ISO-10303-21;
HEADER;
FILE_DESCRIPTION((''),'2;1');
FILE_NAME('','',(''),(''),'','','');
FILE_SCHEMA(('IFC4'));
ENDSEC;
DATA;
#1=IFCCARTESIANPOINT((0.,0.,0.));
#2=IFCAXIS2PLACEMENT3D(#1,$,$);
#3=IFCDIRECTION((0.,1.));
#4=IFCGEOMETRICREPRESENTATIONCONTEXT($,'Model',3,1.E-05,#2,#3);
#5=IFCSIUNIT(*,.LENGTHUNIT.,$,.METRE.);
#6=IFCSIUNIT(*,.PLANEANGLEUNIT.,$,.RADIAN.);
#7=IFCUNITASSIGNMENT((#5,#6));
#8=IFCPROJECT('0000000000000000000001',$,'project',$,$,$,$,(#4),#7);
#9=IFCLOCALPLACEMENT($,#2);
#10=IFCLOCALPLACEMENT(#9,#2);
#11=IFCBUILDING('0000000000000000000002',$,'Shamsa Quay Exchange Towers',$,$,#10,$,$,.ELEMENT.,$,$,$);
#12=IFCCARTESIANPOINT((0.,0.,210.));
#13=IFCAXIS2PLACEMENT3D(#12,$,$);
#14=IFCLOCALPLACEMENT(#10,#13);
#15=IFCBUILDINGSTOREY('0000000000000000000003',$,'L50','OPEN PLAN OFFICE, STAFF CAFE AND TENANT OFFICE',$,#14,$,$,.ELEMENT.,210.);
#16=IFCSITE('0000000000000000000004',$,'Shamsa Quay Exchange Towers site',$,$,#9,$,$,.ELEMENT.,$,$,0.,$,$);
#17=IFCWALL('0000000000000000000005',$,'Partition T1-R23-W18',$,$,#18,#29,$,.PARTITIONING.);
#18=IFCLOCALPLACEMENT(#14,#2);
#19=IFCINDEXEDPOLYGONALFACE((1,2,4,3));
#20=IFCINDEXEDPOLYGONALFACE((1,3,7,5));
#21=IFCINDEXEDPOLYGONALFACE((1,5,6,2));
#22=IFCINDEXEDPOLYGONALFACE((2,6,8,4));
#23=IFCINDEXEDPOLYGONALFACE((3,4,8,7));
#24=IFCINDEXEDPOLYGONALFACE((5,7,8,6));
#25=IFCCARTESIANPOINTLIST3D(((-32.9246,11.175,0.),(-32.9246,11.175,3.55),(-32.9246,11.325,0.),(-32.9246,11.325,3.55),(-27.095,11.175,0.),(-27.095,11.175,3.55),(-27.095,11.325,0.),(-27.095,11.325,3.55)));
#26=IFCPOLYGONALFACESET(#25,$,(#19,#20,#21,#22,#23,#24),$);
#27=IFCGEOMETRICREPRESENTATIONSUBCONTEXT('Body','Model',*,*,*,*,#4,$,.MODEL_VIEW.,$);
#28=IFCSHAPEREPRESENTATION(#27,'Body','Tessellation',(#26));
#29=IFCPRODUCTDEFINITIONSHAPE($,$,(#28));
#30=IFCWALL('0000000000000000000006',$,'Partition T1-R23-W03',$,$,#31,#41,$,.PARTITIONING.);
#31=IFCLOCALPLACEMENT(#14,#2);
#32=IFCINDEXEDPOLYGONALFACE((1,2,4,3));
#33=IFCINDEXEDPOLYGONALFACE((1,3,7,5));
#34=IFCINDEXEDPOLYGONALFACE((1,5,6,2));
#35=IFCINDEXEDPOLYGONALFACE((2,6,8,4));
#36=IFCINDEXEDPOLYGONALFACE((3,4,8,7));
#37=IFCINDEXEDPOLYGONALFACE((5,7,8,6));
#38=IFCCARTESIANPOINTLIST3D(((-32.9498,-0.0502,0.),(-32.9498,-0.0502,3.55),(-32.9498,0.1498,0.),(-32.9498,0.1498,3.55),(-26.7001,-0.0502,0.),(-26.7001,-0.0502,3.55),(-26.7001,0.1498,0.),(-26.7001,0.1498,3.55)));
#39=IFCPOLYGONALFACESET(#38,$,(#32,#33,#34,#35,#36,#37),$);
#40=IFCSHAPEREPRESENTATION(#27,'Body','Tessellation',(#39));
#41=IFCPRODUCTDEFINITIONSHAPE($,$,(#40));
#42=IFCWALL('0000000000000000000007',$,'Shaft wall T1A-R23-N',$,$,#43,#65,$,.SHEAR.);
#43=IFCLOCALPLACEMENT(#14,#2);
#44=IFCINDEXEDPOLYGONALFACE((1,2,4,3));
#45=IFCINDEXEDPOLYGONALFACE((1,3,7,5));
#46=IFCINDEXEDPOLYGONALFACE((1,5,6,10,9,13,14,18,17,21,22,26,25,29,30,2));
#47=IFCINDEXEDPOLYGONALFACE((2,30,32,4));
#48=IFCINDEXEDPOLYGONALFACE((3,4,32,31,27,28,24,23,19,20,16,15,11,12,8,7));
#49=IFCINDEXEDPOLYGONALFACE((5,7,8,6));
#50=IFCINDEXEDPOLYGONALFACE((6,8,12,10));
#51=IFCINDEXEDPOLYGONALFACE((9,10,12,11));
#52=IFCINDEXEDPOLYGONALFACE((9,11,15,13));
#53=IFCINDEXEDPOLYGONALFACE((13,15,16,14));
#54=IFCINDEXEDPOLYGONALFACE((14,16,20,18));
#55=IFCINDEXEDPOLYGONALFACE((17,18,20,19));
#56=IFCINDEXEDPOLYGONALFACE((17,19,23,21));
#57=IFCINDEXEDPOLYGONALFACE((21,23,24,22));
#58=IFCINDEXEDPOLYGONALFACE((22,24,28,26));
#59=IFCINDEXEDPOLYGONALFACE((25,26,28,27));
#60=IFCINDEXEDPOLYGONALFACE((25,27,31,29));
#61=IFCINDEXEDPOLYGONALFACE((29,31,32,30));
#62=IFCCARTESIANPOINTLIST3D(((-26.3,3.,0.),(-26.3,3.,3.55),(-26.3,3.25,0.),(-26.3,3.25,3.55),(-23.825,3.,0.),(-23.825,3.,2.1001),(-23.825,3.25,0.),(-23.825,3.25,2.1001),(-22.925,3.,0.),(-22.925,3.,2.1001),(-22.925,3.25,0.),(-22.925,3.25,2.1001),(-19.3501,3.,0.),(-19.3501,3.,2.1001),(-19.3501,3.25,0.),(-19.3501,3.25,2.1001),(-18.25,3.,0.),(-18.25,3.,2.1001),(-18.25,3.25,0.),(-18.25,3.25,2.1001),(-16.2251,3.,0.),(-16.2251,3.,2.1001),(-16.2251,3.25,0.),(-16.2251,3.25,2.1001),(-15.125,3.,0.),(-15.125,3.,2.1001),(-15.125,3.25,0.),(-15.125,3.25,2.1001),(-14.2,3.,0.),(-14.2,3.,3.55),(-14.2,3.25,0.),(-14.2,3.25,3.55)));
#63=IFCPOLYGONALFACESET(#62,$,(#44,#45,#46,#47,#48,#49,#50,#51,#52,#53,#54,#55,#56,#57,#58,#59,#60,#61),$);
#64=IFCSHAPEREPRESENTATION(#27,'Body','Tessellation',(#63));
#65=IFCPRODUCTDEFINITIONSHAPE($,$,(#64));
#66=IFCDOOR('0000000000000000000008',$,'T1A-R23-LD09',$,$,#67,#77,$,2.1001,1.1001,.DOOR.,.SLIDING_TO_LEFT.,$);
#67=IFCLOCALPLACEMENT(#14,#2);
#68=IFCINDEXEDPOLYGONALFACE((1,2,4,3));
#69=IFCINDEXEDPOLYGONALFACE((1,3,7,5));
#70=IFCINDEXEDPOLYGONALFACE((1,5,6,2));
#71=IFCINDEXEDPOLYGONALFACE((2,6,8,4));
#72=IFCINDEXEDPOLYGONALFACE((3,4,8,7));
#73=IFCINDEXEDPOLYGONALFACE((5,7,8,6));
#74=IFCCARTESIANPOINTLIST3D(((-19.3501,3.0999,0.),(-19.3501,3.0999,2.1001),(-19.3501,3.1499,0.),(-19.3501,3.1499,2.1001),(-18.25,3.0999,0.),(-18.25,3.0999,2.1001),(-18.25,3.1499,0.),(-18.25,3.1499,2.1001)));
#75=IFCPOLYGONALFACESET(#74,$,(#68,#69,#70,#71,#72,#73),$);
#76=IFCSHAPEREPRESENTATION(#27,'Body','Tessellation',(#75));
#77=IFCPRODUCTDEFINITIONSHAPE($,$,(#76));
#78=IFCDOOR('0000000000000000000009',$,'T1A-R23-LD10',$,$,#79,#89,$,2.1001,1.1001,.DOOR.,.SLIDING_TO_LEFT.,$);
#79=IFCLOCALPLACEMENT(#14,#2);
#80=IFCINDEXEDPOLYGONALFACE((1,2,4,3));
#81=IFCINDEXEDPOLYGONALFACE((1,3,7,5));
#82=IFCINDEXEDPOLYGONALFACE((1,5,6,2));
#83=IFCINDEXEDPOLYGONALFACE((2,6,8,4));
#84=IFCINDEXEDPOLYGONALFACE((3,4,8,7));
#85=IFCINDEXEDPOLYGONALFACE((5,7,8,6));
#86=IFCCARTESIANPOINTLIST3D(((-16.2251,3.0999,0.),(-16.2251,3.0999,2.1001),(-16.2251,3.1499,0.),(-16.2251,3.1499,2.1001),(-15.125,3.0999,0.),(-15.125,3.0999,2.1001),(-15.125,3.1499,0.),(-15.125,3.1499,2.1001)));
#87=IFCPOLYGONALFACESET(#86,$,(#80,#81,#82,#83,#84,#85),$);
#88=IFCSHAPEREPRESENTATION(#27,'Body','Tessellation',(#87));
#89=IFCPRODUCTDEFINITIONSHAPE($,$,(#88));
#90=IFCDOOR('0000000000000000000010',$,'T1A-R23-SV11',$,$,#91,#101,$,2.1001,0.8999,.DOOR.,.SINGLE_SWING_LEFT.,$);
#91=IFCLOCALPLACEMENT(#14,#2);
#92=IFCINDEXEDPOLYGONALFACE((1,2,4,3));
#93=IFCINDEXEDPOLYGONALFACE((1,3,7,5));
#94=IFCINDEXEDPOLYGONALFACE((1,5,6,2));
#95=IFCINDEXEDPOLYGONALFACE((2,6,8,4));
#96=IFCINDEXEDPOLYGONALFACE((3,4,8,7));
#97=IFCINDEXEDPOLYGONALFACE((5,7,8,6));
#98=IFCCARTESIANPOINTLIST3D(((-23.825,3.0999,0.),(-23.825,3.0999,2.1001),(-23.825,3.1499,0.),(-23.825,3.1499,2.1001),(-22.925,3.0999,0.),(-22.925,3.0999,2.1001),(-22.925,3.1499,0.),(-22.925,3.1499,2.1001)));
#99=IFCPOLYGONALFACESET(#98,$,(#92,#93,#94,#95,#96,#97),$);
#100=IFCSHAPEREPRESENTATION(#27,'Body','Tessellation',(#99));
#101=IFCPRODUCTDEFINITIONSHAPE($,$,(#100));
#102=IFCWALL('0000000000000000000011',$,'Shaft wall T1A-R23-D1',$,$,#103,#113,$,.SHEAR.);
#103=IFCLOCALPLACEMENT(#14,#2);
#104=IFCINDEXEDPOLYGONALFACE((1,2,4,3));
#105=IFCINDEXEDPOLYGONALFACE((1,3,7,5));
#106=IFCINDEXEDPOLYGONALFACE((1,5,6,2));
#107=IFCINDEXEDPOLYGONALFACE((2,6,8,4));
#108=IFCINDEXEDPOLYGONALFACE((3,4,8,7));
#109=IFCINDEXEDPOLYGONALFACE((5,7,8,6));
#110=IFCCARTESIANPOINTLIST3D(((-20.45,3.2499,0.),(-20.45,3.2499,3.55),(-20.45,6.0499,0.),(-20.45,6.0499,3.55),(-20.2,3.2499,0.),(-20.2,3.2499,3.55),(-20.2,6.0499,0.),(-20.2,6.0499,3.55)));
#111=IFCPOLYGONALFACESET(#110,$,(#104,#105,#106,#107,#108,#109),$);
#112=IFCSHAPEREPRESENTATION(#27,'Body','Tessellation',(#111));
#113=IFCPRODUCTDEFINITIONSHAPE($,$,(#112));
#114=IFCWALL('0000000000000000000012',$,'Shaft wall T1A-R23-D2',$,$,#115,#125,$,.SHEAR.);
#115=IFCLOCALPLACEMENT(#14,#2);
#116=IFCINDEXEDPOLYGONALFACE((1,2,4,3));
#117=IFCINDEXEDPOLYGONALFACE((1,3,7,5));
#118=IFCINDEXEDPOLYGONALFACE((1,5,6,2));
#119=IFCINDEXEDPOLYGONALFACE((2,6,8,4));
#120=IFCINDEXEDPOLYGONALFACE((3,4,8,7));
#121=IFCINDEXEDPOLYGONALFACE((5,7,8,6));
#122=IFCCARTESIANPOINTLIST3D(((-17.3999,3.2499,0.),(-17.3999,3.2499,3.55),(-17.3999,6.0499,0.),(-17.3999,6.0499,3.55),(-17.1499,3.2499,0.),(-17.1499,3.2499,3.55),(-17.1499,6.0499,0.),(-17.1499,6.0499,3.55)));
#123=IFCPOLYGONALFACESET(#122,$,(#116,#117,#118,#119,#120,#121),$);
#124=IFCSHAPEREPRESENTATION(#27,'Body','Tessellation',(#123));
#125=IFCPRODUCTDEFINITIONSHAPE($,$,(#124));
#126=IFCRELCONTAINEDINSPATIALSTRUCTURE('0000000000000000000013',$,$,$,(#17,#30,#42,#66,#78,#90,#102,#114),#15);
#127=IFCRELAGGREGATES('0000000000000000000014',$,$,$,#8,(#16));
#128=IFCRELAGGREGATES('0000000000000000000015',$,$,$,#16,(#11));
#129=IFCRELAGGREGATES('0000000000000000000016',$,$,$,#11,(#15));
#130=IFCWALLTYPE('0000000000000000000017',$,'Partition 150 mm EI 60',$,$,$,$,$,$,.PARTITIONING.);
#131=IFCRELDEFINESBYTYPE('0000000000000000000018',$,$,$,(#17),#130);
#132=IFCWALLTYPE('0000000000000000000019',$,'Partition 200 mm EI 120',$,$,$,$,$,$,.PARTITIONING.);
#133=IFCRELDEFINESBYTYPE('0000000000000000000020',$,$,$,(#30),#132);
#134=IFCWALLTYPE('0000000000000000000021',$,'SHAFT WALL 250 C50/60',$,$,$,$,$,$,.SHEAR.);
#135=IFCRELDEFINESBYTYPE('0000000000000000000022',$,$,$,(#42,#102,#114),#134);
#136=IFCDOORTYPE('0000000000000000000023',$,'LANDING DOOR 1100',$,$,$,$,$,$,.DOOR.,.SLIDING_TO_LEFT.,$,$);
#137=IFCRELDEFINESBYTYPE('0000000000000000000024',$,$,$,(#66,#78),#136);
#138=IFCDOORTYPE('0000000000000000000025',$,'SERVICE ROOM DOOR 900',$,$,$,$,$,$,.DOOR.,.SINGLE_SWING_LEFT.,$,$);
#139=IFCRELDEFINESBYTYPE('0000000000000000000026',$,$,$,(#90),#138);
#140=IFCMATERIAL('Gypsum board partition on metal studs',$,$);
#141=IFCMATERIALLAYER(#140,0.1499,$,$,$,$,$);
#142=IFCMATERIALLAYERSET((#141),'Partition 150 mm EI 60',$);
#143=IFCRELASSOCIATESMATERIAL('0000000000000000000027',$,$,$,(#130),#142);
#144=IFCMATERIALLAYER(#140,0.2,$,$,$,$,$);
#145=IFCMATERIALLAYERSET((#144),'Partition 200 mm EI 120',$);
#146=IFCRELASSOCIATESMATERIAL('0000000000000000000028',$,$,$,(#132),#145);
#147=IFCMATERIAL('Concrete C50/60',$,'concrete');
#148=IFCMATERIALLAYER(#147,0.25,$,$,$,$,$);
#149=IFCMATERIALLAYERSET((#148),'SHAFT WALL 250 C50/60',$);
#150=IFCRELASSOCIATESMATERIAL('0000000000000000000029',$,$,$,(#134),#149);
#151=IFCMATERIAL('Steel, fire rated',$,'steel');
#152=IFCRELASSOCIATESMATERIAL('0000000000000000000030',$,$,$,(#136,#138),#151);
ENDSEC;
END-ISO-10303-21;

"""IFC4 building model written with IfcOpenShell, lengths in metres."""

from ifc_helpers import new_model, si_unit, direction, frame, frame_2d, origin, place, context, subcontext, project, spatial, rectangle, extrude, material, layer, layer_set, type_object, element, fill, save


model = new_model("IFC4")

# Units and contexts
model_context = context("Model", 3, precision=1e-05, world=origin(), true_north=direction((0.0, 1.0)))
body_context = subcontext(model_context, "Body", "Model", "MODEL_VIEW")
ifc_project = project(units=[si_unit("LENGTHUNIT", "METRE"), si_unit("PLANEANGLEUNIT", "RADIAN")], contexts=[model_context])

# Site, building, storey
site_placement = place(None, origin())
site = spatial("IfcSite", under=ifc_project, at=site_placement, Name="Shamsa Quay Exchange Towers site", CompositionType="ELEMENT", RefElevation=0.0)
building_placement = place(site_placement, origin())
building = spatial("IfcBuilding", under=site, at=building_placement, Name="Shamsa Quay Exchange Towers", CompositionType="ELEMENT")
storey_placement = place(building_placement, frame((0.0, 0.0, 210.0)))
storey = spatial("IfcBuildingStorey", under=building, at=storey_placement, Name="L50", Description="OPEN PLAN OFFICE, STAFF CAFE AND TENANT OFFICE", CompositionType="ELEMENT", Elevation=210.0)

# Shared definitions
ifc_material_1 = material(Name="Steel, fire rated", Category="steel")

# Walls
ifc_material_2 = material(Name="Gypsum board partition on metal studs")
ifc_layer_1 = layer(ifc_material_2, 0.1499)
ifc_layer_set_1 = layer_set([ifc_layer_1], Name="Partition 150 mm EI 60")
wall_type_1 = type_object("IfcWallType", Name="Partition 150 mm EI 60", PredefinedType="PARTITIONING", material=ifc_layer_set_1)
wall_1_placement = place(storey_placement, frame((-27.095, 11.25, 0.0), z_axis=(0.0, 0.0, 1.0), x_axis=(-1.0, 0.0, 0.0)))
element("IfcWall", 1, at=wall_1_placement, inside=storey, type_object=wall_type_1, Name="Partition T1-R23-W18", PredefinedType="PARTITIONING", context=body_context, shape_type="SweptSolid", body=[
    extrude(rectangle(XDim=5.8296, YDim=0.1499, at=frame_2d((2.9148, 0.0))), origin(), (0.0, 0.0, 1.0), 3.55),
])
ifc_layer_2 = layer(ifc_material_2, 0.2)
ifc_layer_set_2 = layer_set([ifc_layer_2], Name="Partition 200 mm EI 120")
wall_type_2 = type_object("IfcWallType", Name="Partition 200 mm EI 120", PredefinedType="PARTITIONING", material=ifc_layer_set_2)
wall_2_placement = place(storey_placement, frame((-26.7, 0.0498, 0.0), z_axis=(0.0, 0.0, 1.0), x_axis=(-1.0, 0.0, 0.0)))
element("IfcWall", 2, at=wall_2_placement, inside=storey, type_object=wall_type_2, Name="Partition T1-R23-W03", PredefinedType="PARTITIONING", context=body_context, shape_type="SweptSolid", body=[
    extrude(rectangle(XDim=6.2498, YDim=0.2, at=frame_2d((3.125, 0.0))), origin(), (0.0, 0.0, 1.0), 3.55),
])

# Wall, openings, doors
ifc_material_3 = material(Name="Concrete C50/60", Category="concrete")
ifc_layer_3 = layer(ifc_material_3, 0.25)
ifc_layer_set_3 = layer_set([ifc_layer_3], Name="SHAFT WALL 250 C50/60")
wall_type_3 = type_object("IfcWallType", Name="SHAFT WALL 250 C50/60", PredefinedType="SHEAR", material=ifc_layer_set_3)
wall_3_placement = place(storey_placement, frame((-26.3, 3.125, 0.0)))
wall_3 = element("IfcWall", 3, at=wall_3_placement, inside=storey, type_object=wall_type_3, Name="Shaft wall T1A-R23-N", PredefinedType="SHEAR", context=body_context, shape_type="SweptSolid", body=[
    extrude(rectangle(XDim=12.1001, YDim=0.25, at=frame_2d((6.05, 0.0))), origin(), (0.0, 0.0, 1.0), 3.55),
])
opening_1_placement = place(wall_3_placement, frame((6.95, 0.0, 0.0)))
opening_1 = element("IfcOpeningElement", 4, at=opening_1_placement, cuts=wall_3, PredefinedType="OPENING", context=body_context, shape_type="SweptSolid", body=[
    extrude(rectangle(XDim=1.1001, YDim=2.1001, at=frame_2d((0.55, 1.05))), frame((0.0, 0.135, 0.0), z_axis=(0.0, -1.0, 0.0), x_axis=(1.0, 0.0, 0.0)), (0.0, 0.0, 1.0), 0.27),
])
opening_2_placement = place(wall_3_placement, frame((10.075, 0.0, 0.0)))
opening_2 = element("IfcOpeningElement", 5, at=opening_2_placement, cuts=wall_3, PredefinedType="OPENING", context=body_context, shape_type="SweptSolid", body=[
    extrude(rectangle(XDim=1.1001, YDim=2.1001, at=frame_2d((0.55, 1.05))), frame((0.0, 0.135, 0.0), z_axis=(0.0, -1.0, 0.0), x_axis=(1.0, 0.0, 0.0)), (0.0, 0.0, 1.0), 0.27),
])
opening_3_placement = place(wall_3_placement, frame((2.4751, 0.0, 0.0)))
opening_3 = element("IfcOpeningElement", 6, at=opening_3_placement, cuts=wall_3, PredefinedType="OPENING", context=body_context, shape_type="SweptSolid", body=[
    extrude(rectangle(XDim=0.8999, YDim=2.1001, at=frame_2d((0.45, 1.05))), frame((0.0, 0.135, 0.0), z_axis=(0.0, -1.0, 0.0), x_axis=(1.0, 0.0, 0.0)), (0.0, 0.0, 1.0), 0.27),
])
door_type_1 = type_object("IfcDoorType", Name="LANDING DOOR 1100", OperationType="SLIDING_TO_LEFT", PredefinedType="DOOR", material=ifc_material_1)
door_1_placement = place(opening_1_placement, origin())
door_1 = element("IfcDoor", 7, at=door_1_placement, inside=storey, type_object=door_type_1, Name="T1A-R23-LD09", OperationType="SLIDING_TO_LEFT", OverallHeight=2.1001, OverallWidth=1.1001, PredefinedType="DOOR", context=body_context, shape_type="SweptSolid", body=[
    extrude(rectangle(XDim=1.1001, YDim=2.1001, at=frame_2d((0.55, 1.05))), frame((0.0, 0.0249, 0.0), z_axis=(0.0, -1.0, 0.0), x_axis=(1.0, 0.0, 0.0)), (0.0, 0.0, 1.0), 0.05),
])
fill(opening_1, door_1)
door_2_placement = place(opening_2_placement, origin())
door_2 = element("IfcDoor", 8, at=door_2_placement, inside=storey, type_object=door_type_1, Name="T1A-R23-LD10", OperationType="SLIDING_TO_LEFT", OverallHeight=2.1001, OverallWidth=1.1001, PredefinedType="DOOR", context=body_context, shape_type="SweptSolid", body=[
    extrude(rectangle(XDim=1.1001, YDim=2.1001, at=frame_2d((0.55, 1.05))), frame((0.0, 0.0249, 0.0), z_axis=(0.0, -1.0, 0.0), x_axis=(1.0, 0.0, 0.0)), (0.0, 0.0, 1.0), 0.05),
])
fill(opening_2, door_2)
door_type_2 = type_object("IfcDoorType", Name="SERVICE ROOM DOOR 900", OperationType="SINGLE_SWING_LEFT", PredefinedType="DOOR", material=ifc_material_1)
door_3_placement = place(opening_3_placement, origin())
door_3 = element("IfcDoor", 9, at=door_3_placement, inside=storey, type_object=door_type_2, Name="T1A-R23-SV11", OperationType="SINGLE_SWING_LEFT", OverallHeight=2.1001, OverallWidth=0.8999, PredefinedType="DOOR", context=body_context, shape_type="SweptSolid", body=[
    extrude(rectangle(XDim=0.8999, YDim=2.1001, at=frame_2d((0.45, 1.05))), frame((0.0, 0.0249, 0.0), z_axis=(0.0, -1.0, 0.0), x_axis=(1.0, 0.0, 0.0)), (0.0, 0.0, 1.0), 0.05),
])
fill(opening_3, door_3)

# Walls
for number, where, z_axis, x_axis, name in (
    (10, (-20.325, 3.25, 0.0), (0.0, 0.0, 1.0), (0.0, 1.0, 0.0), "Shaft wall T1A-R23-D1"),
    (11, (-17.2749, 3.25, 0.0), (0.0, 0.0, 1.0), (0.0, 1.0, 0.0), "Shaft wall T1A-R23-D2"),
):
    element("IfcWall", number, at=place(storey_placement, frame(where, z_axis=z_axis, x_axis=x_axis)), inside=storey, type_object=wall_type_3, Name=name, PredefinedType="SHEAR", context=body_context, shape_type="SweptSolid", body=[
        extrude(rectangle(XDim=2.8, YDim=0.25, at=frame_2d((1.3999, 0.0))), origin(), (0.0, 0.0, 1.0), 3.55),
    ])

save(model, "model.ifc")
